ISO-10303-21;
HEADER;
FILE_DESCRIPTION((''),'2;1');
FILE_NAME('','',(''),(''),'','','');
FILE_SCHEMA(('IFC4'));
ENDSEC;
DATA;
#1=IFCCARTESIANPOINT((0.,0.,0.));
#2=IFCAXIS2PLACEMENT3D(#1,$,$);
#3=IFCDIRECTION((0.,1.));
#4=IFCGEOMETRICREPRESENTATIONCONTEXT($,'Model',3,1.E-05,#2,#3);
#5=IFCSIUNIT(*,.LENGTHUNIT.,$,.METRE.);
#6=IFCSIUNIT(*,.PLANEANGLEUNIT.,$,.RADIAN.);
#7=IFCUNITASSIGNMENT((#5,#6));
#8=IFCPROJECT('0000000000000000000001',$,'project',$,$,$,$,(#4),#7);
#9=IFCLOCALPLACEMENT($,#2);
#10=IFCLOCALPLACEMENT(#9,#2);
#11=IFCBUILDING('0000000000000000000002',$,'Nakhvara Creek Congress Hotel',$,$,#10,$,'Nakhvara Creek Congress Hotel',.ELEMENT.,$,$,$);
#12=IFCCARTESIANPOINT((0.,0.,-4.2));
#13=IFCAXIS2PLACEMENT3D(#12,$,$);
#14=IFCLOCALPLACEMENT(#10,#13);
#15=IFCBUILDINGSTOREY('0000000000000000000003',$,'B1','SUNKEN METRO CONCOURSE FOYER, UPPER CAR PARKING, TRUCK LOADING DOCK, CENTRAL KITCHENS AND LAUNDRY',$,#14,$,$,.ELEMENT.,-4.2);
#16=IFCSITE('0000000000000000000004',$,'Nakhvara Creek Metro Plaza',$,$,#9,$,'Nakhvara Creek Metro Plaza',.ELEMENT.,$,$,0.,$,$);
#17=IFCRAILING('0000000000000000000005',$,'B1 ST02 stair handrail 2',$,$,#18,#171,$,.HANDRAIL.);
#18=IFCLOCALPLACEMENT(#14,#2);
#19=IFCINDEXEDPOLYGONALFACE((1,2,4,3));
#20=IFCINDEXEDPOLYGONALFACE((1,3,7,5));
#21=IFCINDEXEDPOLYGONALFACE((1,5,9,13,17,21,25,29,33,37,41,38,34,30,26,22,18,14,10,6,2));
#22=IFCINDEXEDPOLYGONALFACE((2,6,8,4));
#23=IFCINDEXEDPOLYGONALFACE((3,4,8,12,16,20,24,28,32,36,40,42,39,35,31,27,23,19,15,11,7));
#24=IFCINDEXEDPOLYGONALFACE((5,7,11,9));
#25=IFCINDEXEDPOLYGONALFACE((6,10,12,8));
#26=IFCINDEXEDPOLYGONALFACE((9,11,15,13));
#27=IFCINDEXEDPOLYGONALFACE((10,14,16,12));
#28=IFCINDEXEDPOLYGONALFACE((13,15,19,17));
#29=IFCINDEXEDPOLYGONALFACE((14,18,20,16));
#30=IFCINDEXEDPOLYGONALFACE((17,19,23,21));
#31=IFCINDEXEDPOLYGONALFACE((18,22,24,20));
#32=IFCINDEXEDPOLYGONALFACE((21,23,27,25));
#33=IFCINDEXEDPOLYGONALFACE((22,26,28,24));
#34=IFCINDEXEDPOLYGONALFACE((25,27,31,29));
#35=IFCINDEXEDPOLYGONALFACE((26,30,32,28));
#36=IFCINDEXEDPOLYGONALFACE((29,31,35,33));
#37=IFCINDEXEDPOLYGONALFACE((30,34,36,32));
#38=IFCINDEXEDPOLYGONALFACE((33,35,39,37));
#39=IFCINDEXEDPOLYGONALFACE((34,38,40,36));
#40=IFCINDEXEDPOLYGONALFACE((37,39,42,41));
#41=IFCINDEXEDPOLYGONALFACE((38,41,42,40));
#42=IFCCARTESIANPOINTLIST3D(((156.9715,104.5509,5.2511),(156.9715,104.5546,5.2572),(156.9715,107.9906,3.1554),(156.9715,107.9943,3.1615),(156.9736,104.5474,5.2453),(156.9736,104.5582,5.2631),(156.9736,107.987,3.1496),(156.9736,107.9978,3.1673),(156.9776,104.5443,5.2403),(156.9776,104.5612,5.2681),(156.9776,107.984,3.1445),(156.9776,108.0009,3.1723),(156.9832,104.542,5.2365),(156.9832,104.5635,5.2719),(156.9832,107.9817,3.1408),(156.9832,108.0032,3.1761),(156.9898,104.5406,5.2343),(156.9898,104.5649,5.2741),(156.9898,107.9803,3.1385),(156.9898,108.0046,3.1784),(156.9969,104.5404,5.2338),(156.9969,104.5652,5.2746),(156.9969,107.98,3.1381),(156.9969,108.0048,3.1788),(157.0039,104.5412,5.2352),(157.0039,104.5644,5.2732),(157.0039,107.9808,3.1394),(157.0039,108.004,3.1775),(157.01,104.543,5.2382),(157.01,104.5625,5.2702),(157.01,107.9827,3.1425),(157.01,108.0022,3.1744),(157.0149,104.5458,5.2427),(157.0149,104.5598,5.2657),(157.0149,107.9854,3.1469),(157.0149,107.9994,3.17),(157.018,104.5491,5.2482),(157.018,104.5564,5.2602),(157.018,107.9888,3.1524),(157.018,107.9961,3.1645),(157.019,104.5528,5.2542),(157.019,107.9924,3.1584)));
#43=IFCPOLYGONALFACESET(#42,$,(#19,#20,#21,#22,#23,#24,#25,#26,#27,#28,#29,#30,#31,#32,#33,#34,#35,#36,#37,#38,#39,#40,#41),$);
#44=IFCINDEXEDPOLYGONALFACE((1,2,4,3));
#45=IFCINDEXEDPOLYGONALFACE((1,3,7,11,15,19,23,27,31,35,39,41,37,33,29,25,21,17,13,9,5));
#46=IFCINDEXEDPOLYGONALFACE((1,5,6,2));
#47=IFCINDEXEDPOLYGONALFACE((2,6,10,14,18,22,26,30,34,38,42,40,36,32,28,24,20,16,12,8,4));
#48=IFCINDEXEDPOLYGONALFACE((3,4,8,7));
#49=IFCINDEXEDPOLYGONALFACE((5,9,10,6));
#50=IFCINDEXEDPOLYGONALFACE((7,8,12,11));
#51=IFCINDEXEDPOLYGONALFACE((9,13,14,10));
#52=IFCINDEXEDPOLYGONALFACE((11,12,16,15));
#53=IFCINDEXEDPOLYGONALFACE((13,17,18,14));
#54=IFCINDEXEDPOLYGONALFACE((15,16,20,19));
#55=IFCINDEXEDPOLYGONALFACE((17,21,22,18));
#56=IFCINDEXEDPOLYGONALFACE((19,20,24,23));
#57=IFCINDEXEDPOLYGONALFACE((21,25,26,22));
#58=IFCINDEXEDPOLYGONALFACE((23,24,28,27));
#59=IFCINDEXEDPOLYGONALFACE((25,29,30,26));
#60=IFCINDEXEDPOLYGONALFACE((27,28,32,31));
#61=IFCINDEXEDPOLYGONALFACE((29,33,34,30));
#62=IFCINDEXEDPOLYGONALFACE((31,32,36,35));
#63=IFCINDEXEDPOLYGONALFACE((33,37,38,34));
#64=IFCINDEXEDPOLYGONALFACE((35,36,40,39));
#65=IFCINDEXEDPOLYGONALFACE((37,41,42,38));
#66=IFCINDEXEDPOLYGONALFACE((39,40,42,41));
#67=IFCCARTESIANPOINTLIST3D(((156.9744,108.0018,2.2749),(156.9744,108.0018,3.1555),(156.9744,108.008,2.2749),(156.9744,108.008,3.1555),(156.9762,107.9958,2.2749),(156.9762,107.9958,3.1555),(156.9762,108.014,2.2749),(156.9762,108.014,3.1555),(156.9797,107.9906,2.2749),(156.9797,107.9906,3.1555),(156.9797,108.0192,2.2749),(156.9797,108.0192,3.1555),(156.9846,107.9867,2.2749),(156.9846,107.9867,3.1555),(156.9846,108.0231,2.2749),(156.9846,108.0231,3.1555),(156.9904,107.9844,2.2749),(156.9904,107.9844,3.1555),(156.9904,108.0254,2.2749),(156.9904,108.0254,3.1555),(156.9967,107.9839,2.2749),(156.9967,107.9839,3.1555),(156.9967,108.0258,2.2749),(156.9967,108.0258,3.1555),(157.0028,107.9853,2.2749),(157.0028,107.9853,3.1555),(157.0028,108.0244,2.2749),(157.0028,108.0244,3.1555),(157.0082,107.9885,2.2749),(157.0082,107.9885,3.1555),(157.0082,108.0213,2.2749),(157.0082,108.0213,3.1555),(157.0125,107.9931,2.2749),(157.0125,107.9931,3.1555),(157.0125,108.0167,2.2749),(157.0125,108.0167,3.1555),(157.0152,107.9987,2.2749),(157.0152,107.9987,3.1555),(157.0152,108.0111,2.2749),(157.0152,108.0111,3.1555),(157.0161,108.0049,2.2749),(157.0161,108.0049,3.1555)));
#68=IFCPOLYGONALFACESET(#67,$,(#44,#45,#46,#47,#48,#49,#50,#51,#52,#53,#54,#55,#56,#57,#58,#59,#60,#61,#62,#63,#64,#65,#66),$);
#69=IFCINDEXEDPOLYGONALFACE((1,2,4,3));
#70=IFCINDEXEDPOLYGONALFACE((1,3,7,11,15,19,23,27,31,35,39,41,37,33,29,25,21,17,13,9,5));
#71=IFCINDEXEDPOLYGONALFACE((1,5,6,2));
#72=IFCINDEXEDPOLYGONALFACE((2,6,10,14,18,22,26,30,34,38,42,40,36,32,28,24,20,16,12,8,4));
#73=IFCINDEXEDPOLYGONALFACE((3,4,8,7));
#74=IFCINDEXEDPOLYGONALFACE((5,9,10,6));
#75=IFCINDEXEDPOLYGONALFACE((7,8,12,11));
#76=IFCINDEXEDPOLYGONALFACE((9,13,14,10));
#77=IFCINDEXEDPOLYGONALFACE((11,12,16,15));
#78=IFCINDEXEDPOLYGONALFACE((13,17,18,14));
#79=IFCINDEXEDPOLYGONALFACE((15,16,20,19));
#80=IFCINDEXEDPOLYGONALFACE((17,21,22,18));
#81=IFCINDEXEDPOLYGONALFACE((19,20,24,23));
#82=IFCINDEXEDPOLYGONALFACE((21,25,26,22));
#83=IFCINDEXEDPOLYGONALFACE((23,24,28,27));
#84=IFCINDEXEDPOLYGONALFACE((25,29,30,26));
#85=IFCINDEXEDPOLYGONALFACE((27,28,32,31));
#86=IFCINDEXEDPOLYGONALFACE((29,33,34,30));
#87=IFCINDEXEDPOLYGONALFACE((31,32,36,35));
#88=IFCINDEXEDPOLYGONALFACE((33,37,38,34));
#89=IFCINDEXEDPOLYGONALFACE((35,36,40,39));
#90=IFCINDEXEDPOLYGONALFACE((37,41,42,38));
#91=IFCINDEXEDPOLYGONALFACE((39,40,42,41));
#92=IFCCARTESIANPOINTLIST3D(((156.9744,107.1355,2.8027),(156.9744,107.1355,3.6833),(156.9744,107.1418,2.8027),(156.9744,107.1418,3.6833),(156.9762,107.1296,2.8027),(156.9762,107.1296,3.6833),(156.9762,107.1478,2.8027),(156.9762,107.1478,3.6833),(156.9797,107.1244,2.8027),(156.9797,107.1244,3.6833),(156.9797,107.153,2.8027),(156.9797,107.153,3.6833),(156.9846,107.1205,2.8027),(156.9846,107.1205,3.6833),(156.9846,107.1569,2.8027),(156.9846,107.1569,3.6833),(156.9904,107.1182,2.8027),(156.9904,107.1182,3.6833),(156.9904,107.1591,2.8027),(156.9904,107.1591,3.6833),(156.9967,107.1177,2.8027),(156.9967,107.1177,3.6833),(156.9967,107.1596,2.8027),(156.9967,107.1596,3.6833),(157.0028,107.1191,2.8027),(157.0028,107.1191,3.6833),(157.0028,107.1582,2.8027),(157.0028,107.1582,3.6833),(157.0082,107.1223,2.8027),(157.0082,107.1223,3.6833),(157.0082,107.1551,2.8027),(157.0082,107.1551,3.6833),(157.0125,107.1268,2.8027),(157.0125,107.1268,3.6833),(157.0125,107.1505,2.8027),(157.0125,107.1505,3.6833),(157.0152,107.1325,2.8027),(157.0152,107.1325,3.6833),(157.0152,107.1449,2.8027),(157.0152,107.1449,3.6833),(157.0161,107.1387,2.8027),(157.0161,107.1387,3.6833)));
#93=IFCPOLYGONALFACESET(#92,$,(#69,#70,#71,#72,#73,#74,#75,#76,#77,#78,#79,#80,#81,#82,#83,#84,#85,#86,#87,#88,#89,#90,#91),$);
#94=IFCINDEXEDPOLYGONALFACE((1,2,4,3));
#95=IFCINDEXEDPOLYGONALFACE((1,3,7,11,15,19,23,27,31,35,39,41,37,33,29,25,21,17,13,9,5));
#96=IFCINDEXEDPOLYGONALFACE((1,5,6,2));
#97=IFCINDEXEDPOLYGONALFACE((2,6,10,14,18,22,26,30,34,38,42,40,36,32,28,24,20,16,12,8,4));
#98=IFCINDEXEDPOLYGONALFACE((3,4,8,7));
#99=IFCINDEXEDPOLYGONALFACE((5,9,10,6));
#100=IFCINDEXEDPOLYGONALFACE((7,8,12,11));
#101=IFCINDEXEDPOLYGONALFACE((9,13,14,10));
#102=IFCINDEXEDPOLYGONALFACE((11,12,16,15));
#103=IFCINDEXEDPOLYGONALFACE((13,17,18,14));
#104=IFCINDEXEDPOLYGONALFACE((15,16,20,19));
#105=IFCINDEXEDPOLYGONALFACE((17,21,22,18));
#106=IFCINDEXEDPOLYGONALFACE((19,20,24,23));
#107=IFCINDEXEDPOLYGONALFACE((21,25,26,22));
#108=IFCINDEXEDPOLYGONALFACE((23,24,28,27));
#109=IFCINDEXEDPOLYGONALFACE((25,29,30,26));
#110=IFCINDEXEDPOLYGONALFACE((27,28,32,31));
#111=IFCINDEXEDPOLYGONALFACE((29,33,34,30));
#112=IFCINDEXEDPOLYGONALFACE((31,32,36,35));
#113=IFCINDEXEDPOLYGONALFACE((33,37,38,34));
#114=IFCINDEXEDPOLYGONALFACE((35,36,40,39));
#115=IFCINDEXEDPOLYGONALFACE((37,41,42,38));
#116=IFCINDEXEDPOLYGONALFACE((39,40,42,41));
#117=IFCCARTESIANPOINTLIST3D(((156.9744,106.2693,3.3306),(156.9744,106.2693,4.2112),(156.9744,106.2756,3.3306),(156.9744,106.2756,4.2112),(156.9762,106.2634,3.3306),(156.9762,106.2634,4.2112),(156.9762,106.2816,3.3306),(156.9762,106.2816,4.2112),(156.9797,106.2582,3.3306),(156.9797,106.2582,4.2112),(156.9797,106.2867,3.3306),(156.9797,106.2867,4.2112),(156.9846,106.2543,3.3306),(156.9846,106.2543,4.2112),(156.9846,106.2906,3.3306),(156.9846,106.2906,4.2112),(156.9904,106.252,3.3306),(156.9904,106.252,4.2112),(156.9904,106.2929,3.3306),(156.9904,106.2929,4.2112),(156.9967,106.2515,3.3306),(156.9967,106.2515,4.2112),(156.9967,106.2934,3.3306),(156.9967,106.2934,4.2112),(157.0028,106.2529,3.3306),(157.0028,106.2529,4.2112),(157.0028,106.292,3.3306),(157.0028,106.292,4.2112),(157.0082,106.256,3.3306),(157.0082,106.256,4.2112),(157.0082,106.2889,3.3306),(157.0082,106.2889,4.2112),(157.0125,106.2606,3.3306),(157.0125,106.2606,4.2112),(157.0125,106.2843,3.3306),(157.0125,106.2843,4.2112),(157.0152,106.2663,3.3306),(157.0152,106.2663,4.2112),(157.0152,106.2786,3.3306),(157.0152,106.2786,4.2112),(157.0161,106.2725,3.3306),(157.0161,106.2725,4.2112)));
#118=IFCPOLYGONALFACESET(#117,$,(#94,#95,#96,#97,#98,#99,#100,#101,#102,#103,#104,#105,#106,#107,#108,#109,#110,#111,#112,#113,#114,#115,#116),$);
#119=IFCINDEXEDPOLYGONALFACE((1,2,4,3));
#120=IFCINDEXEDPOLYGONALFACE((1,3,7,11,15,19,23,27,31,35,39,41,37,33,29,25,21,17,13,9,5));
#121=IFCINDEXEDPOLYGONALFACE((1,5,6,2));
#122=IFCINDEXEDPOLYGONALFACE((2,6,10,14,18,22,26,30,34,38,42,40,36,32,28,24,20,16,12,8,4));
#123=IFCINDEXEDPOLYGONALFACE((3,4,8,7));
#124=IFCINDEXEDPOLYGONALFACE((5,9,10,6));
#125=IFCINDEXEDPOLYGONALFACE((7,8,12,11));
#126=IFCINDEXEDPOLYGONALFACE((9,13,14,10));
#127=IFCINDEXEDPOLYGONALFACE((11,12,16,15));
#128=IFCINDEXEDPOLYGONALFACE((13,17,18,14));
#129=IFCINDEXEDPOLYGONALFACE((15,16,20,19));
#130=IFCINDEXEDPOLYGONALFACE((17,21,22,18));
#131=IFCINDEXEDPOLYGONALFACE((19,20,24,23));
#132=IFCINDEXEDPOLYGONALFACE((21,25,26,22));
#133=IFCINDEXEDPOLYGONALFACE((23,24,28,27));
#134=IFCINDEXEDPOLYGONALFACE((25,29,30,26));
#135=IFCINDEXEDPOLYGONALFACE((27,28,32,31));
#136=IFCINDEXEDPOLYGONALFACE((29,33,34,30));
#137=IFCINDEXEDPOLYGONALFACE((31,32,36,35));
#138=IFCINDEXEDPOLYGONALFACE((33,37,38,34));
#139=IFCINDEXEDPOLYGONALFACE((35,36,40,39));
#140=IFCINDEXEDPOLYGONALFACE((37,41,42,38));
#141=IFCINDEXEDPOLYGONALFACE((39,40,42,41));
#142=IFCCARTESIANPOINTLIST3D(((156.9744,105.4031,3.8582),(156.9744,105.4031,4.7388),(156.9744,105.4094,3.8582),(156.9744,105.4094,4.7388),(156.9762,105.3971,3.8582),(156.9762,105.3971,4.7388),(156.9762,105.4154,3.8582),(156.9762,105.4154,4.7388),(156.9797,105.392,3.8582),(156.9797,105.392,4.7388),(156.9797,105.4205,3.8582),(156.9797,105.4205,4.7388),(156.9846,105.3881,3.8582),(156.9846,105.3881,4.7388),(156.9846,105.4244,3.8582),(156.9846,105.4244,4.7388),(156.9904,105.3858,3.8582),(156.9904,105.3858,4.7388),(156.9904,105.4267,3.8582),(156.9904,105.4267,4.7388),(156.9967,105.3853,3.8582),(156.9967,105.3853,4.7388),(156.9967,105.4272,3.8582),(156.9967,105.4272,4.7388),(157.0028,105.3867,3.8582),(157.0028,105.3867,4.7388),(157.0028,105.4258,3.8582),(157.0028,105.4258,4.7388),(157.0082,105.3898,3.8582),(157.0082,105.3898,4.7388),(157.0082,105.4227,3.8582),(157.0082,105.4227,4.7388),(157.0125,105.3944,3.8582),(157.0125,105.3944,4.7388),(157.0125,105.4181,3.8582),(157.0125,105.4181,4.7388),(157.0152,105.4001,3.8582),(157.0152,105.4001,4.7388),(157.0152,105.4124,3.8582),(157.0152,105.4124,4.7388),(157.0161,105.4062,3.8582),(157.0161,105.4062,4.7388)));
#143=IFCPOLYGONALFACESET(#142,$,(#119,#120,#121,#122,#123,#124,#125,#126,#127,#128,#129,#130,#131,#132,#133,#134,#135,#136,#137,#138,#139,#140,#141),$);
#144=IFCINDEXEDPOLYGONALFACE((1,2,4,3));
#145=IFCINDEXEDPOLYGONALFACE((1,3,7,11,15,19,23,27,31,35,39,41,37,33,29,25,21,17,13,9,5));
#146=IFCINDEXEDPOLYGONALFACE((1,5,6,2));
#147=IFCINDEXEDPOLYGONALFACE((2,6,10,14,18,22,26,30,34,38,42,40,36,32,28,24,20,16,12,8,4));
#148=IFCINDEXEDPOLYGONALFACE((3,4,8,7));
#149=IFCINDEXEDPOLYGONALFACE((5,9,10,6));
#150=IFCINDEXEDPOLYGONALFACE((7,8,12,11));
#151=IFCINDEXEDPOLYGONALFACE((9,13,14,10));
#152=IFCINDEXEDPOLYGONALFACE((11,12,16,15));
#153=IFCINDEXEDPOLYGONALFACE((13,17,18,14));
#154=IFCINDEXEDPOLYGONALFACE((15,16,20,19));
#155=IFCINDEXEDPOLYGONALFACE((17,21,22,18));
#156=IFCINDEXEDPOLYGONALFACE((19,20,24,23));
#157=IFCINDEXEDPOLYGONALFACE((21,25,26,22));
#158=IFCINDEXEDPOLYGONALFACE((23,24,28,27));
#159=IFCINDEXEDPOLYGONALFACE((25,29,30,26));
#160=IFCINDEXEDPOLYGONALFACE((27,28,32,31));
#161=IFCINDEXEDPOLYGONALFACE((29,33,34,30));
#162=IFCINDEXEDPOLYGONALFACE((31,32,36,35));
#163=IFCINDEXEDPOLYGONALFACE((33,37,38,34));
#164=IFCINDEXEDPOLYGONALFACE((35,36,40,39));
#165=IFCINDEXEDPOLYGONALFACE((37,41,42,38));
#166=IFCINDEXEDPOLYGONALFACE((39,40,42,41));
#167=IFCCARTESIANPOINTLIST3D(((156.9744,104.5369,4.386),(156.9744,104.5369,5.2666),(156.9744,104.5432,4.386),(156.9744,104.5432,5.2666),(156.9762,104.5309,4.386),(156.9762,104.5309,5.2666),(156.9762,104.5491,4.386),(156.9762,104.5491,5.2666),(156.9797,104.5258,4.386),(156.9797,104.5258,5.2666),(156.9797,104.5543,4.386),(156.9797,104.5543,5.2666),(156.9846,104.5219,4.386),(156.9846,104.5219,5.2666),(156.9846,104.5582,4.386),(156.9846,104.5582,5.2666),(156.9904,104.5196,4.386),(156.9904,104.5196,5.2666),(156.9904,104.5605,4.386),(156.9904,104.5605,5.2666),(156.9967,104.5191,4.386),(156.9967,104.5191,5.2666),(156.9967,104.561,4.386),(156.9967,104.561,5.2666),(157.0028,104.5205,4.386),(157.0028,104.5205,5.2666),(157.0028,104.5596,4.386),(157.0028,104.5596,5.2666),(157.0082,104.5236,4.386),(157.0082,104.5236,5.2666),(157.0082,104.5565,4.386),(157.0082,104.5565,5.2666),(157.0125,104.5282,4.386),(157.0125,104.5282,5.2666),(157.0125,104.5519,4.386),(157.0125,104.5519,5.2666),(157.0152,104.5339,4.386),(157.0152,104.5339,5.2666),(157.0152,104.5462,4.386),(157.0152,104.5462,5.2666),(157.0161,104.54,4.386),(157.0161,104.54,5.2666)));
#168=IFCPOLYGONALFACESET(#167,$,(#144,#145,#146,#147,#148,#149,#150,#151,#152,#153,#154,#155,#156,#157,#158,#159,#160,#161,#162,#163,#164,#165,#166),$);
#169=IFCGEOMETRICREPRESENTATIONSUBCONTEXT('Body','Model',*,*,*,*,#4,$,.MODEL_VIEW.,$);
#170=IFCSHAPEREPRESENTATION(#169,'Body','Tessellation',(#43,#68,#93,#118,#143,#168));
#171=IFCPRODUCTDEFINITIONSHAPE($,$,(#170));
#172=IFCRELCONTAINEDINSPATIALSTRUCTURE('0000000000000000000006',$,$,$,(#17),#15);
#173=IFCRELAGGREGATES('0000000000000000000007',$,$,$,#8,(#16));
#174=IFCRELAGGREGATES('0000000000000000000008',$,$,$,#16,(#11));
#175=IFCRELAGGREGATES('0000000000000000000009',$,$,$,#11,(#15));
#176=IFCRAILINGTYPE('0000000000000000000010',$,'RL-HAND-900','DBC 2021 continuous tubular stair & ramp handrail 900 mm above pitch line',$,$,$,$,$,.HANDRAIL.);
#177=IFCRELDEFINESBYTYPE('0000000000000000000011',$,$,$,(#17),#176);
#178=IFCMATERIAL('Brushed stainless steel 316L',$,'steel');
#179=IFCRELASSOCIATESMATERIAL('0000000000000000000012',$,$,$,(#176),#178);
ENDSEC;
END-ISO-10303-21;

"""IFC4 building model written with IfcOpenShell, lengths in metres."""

from ifc_helpers import new_model, si_unit, direction, frame, origin, origin_2d, place, context, subcontext, project, spatial, circle, extrude, material, type_object, element, save


model = new_model("IFC4")

# Units and contexts
model_context = context("Model", 3, precision=1e-05, world=origin(), true_north=direction((0.0, 1.0)))
body_context = subcontext(model_context, "Body", "Model", "MODEL_VIEW")
ifc_project = project(units=[si_unit("LENGTHUNIT", "METRE"), si_unit("PLANEANGLEUNIT", "RADIAN")], contexts=[model_context])

# Site, building, storey
site_placement = place(None, origin())
site = spatial("IfcSite", under=ifc_project, at=site_placement, Name="Nakhvara Creek Metro Plaza", LongName="Nakhvara Creek Metro Plaza", CompositionType="ELEMENT", RefElevation=0.0)
building_placement = place(site_placement, origin())
building = spatial("IfcBuilding", under=site, at=building_placement, Name="Nakhvara Creek Congress Hotel", LongName="Nakhvara Creek Congress Hotel", CompositionType="ELEMENT")
storey_placement = place(building_placement, frame((0.0, 0.0, -4.2)))
storey = spatial("IfcBuildingStorey", under=building, at=storey_placement, Name="B1", Description="SUNKEN METRO CONCOURSE FOYER, UPPER CAR PARKING, TRUCK LOADING DOCK, CENTRAL KITCHENS AND LAUNDRY", CompositionType="ELEMENT", Elevation=-4.2)

# Railing
ifc_material_1 = material(Name="Brushed stainless steel 316L", Category="steel")
railing_type_1 = type_object("IfcRailingType", Name="RL-HAND-900", Description="DBC 2021 continuous tubular stair & ramp handrail 900 mm above pitch line", PredefinedType="HANDRAIL", material=ifc_material_1)
railing_1_placement = place(storey_placement, frame((156.9951, 108.0049, 2.2749)))
element("IfcRailing", 1, at=railing_1_placement, inside=storey, type_object=railing_type_1, Name="B1 ST02 stair handrail 2", PredefinedType="HANDRAIL", context=body_context, shape_type="SweptSolid", body=[
    extrude(circle(Radius=0.0239, at=origin_2d()), frame((0.0, -0.0125, 0.8835), z_axis=(0.0, -0.853974, 0.520315), x_axis=(1.0, 0.0, 0.0)), (0.0, 0.0, 1.0), 4.0278),
    extrude(circle(Radius=0.021, at=origin_2d()), origin(), (0.0, 0.0, 1.0), 0.8806),
    extrude(circle(Radius=0.021, at=origin_2d()), frame((0.0, -0.8662, 0.5278)), (0.0, 0.0, 1.0), 0.8806),
    extrude(circle(Radius=0.021, at=origin_2d()), frame((0.0, -1.7324, 1.0557)), (0.0, 0.0, 1.0), 0.8806),
    extrude(circle(Radius=0.021, at=origin_2d()), frame((0.0, -2.5986, 1.5833)), (0.0, 0.0, 1.0), 0.8806),
    extrude(circle(Radius=0.021, at=origin_2d()), frame((0.0, -3.4648, 2.1111)), (0.0, 0.0, 1.0), 0.8806),
])

save(model, "model.ifc")
